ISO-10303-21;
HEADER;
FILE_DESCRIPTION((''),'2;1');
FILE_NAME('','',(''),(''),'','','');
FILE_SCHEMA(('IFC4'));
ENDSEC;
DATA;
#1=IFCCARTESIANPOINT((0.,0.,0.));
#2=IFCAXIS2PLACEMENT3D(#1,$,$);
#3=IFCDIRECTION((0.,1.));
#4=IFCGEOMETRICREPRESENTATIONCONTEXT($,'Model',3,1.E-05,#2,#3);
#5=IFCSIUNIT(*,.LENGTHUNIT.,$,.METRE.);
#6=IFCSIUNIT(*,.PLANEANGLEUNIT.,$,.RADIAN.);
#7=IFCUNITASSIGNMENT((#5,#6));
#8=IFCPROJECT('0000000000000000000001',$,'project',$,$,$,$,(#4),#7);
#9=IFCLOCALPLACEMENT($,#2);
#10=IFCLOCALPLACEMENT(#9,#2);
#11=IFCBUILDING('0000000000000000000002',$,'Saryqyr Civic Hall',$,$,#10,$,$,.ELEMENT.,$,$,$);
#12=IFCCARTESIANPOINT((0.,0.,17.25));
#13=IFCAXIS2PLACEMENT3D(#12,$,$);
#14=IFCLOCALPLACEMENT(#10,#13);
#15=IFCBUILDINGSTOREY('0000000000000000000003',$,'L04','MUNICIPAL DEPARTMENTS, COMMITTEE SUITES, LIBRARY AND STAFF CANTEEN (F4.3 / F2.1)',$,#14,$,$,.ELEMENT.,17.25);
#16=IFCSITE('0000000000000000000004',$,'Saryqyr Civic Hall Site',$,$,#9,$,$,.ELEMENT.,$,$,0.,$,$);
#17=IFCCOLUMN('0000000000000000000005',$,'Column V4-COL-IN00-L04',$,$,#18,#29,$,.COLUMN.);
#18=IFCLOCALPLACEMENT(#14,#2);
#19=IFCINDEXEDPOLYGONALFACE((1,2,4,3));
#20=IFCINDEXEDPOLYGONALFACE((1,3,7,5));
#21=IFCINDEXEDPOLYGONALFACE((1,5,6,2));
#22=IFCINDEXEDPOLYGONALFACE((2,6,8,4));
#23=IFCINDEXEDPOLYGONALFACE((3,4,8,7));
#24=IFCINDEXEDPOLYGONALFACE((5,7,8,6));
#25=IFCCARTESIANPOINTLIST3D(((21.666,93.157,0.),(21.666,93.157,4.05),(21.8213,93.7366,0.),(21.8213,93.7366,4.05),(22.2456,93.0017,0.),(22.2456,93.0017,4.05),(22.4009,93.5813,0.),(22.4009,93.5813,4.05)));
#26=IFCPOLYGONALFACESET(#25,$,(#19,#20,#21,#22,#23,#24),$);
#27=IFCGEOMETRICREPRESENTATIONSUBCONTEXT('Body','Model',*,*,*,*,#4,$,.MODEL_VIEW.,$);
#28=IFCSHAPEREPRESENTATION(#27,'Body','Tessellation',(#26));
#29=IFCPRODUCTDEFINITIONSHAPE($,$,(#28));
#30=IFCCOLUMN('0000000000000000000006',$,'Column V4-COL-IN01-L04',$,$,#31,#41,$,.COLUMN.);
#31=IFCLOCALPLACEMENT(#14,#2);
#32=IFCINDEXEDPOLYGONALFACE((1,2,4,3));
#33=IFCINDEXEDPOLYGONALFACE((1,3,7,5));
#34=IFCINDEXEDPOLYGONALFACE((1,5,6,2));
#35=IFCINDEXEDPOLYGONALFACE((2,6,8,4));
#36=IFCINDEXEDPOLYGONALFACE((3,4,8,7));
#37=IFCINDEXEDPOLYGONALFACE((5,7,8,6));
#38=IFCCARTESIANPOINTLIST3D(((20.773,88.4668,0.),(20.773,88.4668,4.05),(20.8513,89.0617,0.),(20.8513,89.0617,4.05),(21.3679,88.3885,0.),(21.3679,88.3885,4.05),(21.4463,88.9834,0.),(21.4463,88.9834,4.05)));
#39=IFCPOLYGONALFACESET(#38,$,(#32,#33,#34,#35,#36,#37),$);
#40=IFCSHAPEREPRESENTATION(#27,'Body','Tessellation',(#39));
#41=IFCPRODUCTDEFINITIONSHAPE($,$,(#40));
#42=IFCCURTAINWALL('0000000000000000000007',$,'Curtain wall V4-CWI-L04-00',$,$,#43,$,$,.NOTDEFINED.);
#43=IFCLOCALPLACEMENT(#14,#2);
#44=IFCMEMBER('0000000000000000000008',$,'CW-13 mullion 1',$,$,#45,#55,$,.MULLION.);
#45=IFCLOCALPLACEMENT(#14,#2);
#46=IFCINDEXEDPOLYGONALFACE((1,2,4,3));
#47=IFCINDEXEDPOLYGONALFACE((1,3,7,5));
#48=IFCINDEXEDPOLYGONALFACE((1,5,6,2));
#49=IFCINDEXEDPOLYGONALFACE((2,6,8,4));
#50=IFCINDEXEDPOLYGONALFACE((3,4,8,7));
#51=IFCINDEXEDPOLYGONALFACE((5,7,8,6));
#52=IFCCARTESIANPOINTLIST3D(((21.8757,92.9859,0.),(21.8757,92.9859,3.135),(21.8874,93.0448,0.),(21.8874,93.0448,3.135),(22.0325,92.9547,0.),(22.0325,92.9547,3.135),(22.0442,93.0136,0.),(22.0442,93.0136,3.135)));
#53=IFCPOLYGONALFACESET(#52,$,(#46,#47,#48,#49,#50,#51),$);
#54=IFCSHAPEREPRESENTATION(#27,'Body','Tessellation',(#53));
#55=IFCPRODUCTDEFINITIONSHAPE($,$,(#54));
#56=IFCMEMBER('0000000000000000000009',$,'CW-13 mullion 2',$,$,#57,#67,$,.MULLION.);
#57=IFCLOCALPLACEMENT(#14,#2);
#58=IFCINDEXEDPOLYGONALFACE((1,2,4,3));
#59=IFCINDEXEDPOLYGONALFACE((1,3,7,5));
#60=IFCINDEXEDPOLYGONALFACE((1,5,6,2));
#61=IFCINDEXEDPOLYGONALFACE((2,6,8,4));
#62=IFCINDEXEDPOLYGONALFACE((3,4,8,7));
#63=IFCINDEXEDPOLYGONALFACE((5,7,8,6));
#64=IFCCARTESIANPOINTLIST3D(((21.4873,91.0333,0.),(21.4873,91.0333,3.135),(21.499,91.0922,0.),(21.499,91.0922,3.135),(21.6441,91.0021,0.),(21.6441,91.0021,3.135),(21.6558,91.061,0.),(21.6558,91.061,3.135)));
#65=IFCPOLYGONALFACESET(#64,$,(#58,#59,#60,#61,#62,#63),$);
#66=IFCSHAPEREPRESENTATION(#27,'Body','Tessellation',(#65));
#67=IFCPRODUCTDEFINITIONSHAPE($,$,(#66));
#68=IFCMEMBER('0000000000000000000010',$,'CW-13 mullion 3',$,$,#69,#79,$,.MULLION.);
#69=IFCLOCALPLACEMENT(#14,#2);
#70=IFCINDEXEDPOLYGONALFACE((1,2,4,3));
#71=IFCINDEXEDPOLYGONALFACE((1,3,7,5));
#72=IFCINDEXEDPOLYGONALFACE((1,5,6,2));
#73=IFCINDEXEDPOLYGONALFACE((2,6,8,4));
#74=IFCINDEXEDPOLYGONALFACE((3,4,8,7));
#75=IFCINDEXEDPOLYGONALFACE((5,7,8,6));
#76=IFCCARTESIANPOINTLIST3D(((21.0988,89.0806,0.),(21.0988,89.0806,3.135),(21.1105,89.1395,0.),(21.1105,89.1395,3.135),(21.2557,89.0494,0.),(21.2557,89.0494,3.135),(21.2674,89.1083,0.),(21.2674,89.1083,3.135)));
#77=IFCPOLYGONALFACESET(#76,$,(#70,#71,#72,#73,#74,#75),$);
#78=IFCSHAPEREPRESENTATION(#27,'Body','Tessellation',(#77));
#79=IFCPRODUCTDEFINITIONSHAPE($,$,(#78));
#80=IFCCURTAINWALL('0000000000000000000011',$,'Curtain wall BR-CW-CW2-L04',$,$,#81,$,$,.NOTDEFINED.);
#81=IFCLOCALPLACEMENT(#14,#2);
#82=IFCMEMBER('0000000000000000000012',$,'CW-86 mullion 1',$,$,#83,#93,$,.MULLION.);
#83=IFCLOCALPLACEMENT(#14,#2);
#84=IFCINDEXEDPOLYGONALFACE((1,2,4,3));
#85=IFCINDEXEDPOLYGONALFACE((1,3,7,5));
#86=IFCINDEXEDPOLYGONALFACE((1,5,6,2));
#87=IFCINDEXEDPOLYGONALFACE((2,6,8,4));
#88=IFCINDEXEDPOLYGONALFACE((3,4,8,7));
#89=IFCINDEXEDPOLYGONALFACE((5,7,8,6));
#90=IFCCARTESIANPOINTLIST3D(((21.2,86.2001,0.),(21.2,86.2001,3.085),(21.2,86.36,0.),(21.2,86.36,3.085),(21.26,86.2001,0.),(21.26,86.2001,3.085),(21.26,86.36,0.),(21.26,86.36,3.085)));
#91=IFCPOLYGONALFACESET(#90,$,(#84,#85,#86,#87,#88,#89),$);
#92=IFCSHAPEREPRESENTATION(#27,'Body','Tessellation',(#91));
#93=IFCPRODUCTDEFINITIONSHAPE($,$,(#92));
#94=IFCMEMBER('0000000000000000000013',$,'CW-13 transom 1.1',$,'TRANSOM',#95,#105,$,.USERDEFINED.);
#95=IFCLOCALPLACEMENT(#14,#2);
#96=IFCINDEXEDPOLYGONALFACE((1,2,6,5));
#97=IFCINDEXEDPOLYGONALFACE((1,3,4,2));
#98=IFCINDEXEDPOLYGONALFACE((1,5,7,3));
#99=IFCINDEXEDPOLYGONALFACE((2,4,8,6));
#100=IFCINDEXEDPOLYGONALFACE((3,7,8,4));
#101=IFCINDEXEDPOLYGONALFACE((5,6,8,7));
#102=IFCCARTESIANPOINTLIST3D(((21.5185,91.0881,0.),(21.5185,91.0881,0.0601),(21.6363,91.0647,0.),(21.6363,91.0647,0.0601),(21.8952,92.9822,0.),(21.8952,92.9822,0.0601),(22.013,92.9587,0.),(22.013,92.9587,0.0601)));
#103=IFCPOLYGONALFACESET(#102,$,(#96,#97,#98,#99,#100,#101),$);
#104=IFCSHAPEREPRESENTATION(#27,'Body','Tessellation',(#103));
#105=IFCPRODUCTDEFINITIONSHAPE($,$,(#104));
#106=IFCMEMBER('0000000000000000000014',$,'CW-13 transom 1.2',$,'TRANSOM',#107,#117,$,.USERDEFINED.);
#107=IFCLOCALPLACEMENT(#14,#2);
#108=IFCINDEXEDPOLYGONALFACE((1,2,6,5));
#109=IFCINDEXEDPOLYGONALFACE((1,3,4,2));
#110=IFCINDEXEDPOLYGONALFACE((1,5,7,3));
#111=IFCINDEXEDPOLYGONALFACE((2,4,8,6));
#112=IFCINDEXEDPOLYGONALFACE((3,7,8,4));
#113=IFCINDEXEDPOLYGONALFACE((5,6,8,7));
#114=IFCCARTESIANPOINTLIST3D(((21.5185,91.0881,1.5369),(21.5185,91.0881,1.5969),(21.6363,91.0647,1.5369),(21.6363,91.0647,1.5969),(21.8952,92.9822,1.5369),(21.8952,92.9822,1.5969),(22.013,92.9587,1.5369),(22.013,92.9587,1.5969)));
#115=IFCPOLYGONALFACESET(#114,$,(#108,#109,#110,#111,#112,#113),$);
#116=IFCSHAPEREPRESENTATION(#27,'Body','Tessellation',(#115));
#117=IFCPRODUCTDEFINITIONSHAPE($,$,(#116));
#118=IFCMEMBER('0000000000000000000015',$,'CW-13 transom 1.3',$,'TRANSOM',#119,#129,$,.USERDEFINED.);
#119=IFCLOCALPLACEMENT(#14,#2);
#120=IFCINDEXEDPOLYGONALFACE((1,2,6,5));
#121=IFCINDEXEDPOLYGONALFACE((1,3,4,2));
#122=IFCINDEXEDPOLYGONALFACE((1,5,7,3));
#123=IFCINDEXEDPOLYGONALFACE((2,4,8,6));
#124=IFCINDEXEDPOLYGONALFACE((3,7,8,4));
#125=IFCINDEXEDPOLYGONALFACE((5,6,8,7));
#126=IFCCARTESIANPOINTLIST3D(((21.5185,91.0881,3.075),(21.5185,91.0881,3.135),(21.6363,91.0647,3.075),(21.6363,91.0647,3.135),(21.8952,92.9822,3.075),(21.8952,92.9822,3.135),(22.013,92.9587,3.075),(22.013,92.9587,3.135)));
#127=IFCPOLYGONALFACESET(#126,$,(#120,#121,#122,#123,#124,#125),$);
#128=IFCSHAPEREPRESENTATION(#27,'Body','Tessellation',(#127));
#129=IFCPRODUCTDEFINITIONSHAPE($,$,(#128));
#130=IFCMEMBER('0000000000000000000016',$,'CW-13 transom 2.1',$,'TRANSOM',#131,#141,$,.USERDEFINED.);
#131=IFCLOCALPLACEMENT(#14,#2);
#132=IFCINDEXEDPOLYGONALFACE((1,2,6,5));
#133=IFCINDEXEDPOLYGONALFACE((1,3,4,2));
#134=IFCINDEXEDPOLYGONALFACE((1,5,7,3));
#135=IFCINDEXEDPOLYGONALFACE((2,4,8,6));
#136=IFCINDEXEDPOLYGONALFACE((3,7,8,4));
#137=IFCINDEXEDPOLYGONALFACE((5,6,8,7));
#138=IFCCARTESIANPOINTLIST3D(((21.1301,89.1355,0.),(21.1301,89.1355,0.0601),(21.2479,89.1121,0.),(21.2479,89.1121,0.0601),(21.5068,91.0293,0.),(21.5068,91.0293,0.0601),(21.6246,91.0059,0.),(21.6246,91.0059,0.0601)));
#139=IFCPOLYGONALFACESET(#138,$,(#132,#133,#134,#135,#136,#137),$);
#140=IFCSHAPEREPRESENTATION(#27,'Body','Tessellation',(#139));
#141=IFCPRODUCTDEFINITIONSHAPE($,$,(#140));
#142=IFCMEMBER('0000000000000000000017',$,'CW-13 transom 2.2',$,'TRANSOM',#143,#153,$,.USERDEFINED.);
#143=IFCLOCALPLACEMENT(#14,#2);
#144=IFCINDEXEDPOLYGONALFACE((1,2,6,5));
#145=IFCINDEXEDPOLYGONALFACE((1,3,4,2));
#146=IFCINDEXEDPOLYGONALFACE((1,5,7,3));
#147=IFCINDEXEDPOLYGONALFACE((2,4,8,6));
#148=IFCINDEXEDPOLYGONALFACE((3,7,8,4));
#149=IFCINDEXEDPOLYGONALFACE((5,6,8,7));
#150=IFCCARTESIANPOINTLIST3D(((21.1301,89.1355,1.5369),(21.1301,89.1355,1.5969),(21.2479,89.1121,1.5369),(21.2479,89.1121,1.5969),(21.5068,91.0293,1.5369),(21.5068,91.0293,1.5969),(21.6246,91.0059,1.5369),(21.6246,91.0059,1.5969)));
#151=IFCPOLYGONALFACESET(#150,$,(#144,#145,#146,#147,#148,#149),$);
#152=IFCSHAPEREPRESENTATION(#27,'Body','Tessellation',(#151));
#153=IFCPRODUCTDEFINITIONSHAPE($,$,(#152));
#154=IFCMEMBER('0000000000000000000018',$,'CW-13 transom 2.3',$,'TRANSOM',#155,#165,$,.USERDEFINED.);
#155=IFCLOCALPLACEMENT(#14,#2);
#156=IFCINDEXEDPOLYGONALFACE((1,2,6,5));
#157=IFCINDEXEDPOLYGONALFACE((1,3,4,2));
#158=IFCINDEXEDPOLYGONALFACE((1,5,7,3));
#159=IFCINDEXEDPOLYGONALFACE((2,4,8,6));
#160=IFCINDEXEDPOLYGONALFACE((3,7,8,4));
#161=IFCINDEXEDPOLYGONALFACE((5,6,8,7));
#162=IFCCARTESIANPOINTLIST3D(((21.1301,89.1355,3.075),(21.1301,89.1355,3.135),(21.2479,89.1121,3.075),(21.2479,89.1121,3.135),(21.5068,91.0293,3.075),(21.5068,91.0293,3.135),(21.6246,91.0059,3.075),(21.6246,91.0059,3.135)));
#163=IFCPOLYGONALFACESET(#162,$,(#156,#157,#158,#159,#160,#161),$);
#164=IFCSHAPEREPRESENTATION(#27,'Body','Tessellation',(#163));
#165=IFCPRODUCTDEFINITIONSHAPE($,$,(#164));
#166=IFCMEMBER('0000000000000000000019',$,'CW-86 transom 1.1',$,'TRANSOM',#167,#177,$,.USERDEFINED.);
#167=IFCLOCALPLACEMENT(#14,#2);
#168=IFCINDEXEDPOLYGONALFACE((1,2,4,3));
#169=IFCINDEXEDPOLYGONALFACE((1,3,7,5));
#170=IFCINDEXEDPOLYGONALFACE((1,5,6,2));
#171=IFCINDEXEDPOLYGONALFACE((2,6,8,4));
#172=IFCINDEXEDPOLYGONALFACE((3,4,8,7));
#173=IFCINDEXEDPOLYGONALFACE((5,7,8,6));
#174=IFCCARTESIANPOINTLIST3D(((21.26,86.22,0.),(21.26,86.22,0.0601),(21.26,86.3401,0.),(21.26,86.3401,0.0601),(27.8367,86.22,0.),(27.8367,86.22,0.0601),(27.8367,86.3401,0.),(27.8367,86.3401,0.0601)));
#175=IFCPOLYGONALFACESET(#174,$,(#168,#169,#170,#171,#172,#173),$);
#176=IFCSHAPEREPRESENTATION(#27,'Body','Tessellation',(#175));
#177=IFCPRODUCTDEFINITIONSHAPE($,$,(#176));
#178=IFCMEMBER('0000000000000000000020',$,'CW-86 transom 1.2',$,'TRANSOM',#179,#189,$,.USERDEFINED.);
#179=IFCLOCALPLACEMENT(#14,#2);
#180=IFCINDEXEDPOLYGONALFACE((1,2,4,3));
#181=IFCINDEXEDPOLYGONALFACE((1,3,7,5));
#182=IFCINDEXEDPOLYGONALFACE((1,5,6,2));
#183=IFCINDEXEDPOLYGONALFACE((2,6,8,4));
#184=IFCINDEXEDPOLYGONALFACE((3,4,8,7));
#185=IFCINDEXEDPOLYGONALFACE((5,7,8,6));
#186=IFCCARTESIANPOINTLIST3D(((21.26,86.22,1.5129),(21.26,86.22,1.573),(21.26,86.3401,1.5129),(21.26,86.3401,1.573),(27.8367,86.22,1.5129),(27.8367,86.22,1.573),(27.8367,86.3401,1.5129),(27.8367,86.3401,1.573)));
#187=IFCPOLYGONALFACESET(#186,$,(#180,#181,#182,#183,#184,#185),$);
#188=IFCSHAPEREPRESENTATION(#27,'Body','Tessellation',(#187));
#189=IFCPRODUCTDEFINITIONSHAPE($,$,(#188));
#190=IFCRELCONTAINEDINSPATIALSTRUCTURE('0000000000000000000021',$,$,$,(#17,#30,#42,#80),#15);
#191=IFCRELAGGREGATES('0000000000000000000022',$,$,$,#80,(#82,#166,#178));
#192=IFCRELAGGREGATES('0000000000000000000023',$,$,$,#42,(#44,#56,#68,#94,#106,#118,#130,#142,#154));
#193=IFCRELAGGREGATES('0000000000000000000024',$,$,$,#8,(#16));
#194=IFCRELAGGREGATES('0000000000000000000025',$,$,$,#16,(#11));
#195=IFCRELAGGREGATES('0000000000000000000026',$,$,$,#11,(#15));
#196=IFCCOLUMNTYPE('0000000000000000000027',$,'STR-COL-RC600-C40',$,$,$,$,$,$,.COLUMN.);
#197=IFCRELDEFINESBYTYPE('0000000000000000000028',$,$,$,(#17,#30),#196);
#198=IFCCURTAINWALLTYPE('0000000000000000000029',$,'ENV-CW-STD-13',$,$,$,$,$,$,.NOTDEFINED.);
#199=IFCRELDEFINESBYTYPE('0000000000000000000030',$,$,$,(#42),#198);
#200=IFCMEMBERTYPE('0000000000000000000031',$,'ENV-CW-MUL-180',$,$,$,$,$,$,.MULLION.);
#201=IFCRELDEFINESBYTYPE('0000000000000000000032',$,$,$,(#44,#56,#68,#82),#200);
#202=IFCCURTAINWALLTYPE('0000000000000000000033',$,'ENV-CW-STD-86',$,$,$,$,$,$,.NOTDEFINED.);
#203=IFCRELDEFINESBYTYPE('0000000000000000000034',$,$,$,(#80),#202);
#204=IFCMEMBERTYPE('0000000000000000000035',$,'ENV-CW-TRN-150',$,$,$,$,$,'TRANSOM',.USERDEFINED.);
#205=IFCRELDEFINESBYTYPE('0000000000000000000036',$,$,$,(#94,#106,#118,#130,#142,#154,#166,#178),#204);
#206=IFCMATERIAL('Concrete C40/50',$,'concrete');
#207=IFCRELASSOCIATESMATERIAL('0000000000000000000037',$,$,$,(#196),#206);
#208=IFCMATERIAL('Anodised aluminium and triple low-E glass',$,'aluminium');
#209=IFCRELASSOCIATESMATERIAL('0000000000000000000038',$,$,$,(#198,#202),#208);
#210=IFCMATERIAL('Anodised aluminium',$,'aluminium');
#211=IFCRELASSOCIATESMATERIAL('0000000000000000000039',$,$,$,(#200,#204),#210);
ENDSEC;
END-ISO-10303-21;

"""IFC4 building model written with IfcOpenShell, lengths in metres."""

from ifc_helpers import new_model, si_unit, direction, frame, origin, origin_2d, place, context, subcontext, project, spatial, rectangle, extrude, material, material_profile, profile_set, type_object, element, aggregate, save


model = new_model("IFC4")

# Units and contexts
model_context = context("Model", 3, precision=1e-05, world=origin(), true_north=direction((0.0, 1.0)))
body_context = subcontext(model_context, "Body", "Model", "MODEL_VIEW")
ifc_project = project(units=[si_unit("LENGTHUNIT", "METRE"), si_unit("PLANEANGLEUNIT", "RADIAN")], contexts=[model_context])

# Site, building, storey
site_placement = place(None, origin())
site = spatial("IfcSite", under=ifc_project, at=site_placement, Name="Saryqyr Civic Hall Site", CompositionType="ELEMENT", RefElevation=0.0)
building_placement = place(site_placement, origin())
building = spatial("IfcBuilding", under=site, at=building_placement, Name="Saryqyr Civic Hall", CompositionType="ELEMENT")
storey_placement = place(building_placement, frame((0.0, 0.0, 17.25)))
storey = spatial("IfcBuildingStorey", under=building, at=storey_placement, Name="L04", Description="MUNICIPAL DEPARTMENTS, COMMITTEE SUITES, LIBRARY AND STAFF CANTEEN (F4.3 / F2.1)", CompositionType="ELEMENT", Elevation=17.25)

# Columns
ifc_material_1 = material(Name="Concrete C40/50", Category="concrete")
ifc_material_profile_1 = material_profile(ifc_material_1, rectangle(XDim=0.6001, YDim=0.6001, at=origin_2d()), Name="RC 600x600")
ifc_profile_set_1 = profile_set([ifc_material_profile_1], Name="Concrete C40/50")
column_type = type_object("IfcColumnType", Name="STR-COL-RC600-C40", PredefinedType="COLUMN", material=ifc_profile_set_1)
for number, where, z_axis, x_axis, name in (
    (1, (22.0334, 93.3691, 0.0), (0.0, 0.0, 1.0), (-0.965926, 0.258819, 0.0), "Column V4-COL-IN00-L04"),
    (2, (21.1096, 88.7251, 0.0), (0.0, 0.0, 1.0), (-0.991445, 0.130526, 0.0), "Column V4-COL-IN01-L04"),
):
    element("IfcColumn", number, at=place(storey_placement, frame(where, z_axis=z_axis, x_axis=x_axis)), inside=storey, type_object=column_type, Name=name, PredefinedType="COLUMN", context=body_context, shape_type="SweptSolid", body=[
        extrude(rectangle(XDim=0.6001, YDim=0.6001, at=origin_2d()), origin(), (0.0, 0.0, 1.0), 4.05),
    ])

# Curtain wall, members
ifc_material_2 = material(Name="Anodised aluminium and triple low-E glass", Category="aluminium")
curtain_wall_type_1 = type_object("IfcCurtainWallType", Name="ENV-CW-STD-13", PredefinedType="NOTDEFINED", material=ifc_material_2)
curtain_wall_1_placement = place(storey_placement, origin())
curtain_wall_1 = element("IfcCurtainWall", 3, at=curtain_wall_1_placement, inside=storey, type_object=curtain_wall_type_1, Name="Curtain wall V4-CWI-L04-00", PredefinedType="NOTDEFINED")
ifc_material_3 = material(Name="Anodised aluminium", Category="aluminium")
ifc_material_profile_2 = material_profile(ifc_material_3, rectangle(XDim=0.0601, YDim=0.1599, at=origin_2d()), Name="ALU MULLION 60x160")
ifc_profile_set_2 = profile_set([ifc_material_profile_2], Name="Anodised aluminium")
member_type_1 = type_object("IfcMemberType", Name="ENV-CW-MUL-180", PredefinedType="MULLION", material=ifc_profile_set_2)
member_1_placement = place(storey_placement, frame((21.96, 92.9998, 0.0), z_axis=(0.0, 0.0, 1.0), x_axis=(-0.195107, -0.980782, 0.0)))
member_1 = element("IfcMember", 4, at=member_1_placement, type_object=member_type_1, Name="CW-13 mullion 1", PredefinedType="MULLION", context=body_context, shape_type="SweptSolid", body=[
    extrude(rectangle(XDim=0.0601, YDim=0.1599, at=origin_2d()), origin(), (0.0, 0.0, 1.0), 3.135),
])
member_2_placement = place(storey_placement, frame((21.5715, 91.0471, 0.0), z_axis=(0.0, 0.0, 1.0), x_axis=(-0.195107, -0.980782, 0.0)))
member_2 = element("IfcMember", 5, at=member_2_placement, type_object=member_type_1, Name="CW-13 mullion 2", PredefinedType="MULLION", context=body_context, shape_type="SweptSolid", body=[
    extrude(rectangle(XDim=0.0601, YDim=0.1599, at=origin_2d()), origin(), (0.0, 0.0, 1.0), 3.135),
])
member_3_placement = place(storey_placement, frame((21.1831, 89.0945, 0.0), z_axis=(0.0, 0.0, 1.0), x_axis=(-0.195107, -0.980782, 0.0)))
member_3 = element("IfcMember", 6, at=member_3_placement, type_object=member_type_1, Name="CW-13 mullion 3", PredefinedType="MULLION", context=body_context, shape_type="SweptSolid", body=[
    extrude(rectangle(XDim=0.0601, YDim=0.1599, at=origin_2d()), origin(), (0.0, 0.0, 1.0), 3.135),
])

# Curtain wall, member
curtain_wall_type_2 = type_object("IfcCurtainWallType", Name="ENV-CW-STD-86", PredefinedType="NOTDEFINED", material=ifc_material_2)
curtain_wall_2_placement = place(storey_placement, origin())
curtain_wall_2 = element("IfcCurtainWall", 7, at=curtain_wall_2_placement, inside=storey, type_object=curtain_wall_type_2, Name="Curtain wall BR-CW-CW2-L04", PredefinedType="NOTDEFINED")
member_4_placement = place(storey_placement, frame((21.23, 86.28, 0.0), z_axis=(0.0, 0.0, 1.0), x_axis=(1.0, 0.0, 0.0)))
member_4 = element("IfcMember", 8, at=member_4_placement, type_object=member_type_1, Name="CW-86 mullion 1", PredefinedType="MULLION", context=body_context, shape_type="SweptSolid", body=[
    extrude(rectangle(XDim=0.0601, YDim=0.1599, at=origin_2d()), origin(), (0.0, 0.0, 1.0), 3.085),
])

# Members
ifc_material_profile_3 = material_profile(ifc_material_3, rectangle(XDim=0.1201, YDim=0.0601, at=origin_2d()), Name="ALU TRANSOM 120x60")
ifc_profile_set_3 = profile_set([ifc_material_profile_3], Name="Anodised aluminium")
member_type_2 = type_object("IfcMemberType", Name="ENV-CW-TRN-150", ElementType="TRANSOM", PredefinedType="USERDEFINED", material=ifc_profile_set_3)
member_5_placement = place(storey_placement, frame((21.9541, 92.9705, 0.03), z_axis=(-0.195071, -0.980789, 0.0), x_axis=(0.980789, -0.195071, 0.0)))
member_5 = element("IfcMember", 9, at=member_5_placement, type_object=member_type_2, Name="CW-13 transom 1.1", ObjectType="TRANSOM", PredefinedType="USERDEFINED", context=body_context, shape_type="SweptSolid", body=[
    extrude(rectangle(XDim=0.1201, YDim=0.0601, at=origin_2d()), origin(), (0.0, 0.0, 1.0), 1.9312),
])
member_6_placement = place(storey_placement, frame((21.9541, 92.9705, 1.5669), z_axis=(-0.195071, -0.980789, 0.0), x_axis=(0.980789, -0.195071, 0.0)))
member_6 = element("IfcMember", 10, at=member_6_placement, type_object=member_type_2, Name="CW-13 transom 1.2", ObjectType="TRANSOM", PredefinedType="USERDEFINED", context=body_context, shape_type="SweptSolid", body=[
    extrude(rectangle(XDim=0.1201, YDim=0.0601, at=origin_2d()), origin(), (0.0, 0.0, 1.0), 1.9312),
])
member_7_placement = place(storey_placement, frame((21.9541, 92.9705, 3.105), z_axis=(-0.195071, -0.980789, 0.0), x_axis=(0.980789, -0.195071, 0.0)))
member_7 = element("IfcMember", 11, at=member_7_placement, type_object=member_type_2, Name="CW-13 transom 1.3", ObjectType="TRANSOM", PredefinedType="USERDEFINED", context=body_context, shape_type="SweptSolid", body=[
    extrude(rectangle(XDim=0.1201, YDim=0.0601, at=origin_2d()), origin(), (0.0, 0.0, 1.0), 1.9312),
])
member_8_placement = place(storey_placement, frame((21.5657, 91.0176, 0.03), z_axis=(-0.195095, -0.980784, 0.0), x_axis=(0.980784, -0.195095, 0.0)))
member_8 = element("IfcMember", 12, at=member_8_placement, type_object=member_type_2, Name="CW-13 transom 2.1", ObjectType="TRANSOM", PredefinedType="USERDEFINED", context=body_context, shape_type="SweptSolid", body=[
    extrude(rectangle(XDim=0.1201, YDim=0.0601, at=origin_2d()), origin(), (0.0, 0.0, 1.0), 1.9309),
])
member_9_placement = place(storey_placement, frame((21.5657, 91.0176, 1.5669), z_axis=(-0.195095, -0.980784, 0.0), x_axis=(0.980784, -0.195095, 0.0)))
member_9 = element("IfcMember", 13, at=member_9_placement, type_object=member_type_2, Name="CW-13 transom 2.2", ObjectType="TRANSOM", PredefinedType="USERDEFINED", context=body_context, shape_type="SweptSolid", body=[
    extrude(rectangle(XDim=0.1201, YDim=0.0601, at=origin_2d()), origin(), (0.0, 0.0, 1.0), 1.9309),
])
member_10_placement = place(storey_placement, frame((21.5657, 91.0176, 3.105), z_axis=(-0.195095, -0.980784, 0.0), x_axis=(0.980784, -0.195095, 0.0)))
member_10 = element("IfcMember", 14, at=member_10_placement, type_object=member_type_2, Name="CW-13 transom 2.3", ObjectType="TRANSOM", PredefinedType="USERDEFINED", context=body_context, shape_type="SweptSolid", body=[
    extrude(rectangle(XDim=0.1201, YDim=0.0601, at=origin_2d()), origin(), (0.0, 0.0, 1.0), 1.9309),
])
member_11_placement = place(storey_placement, frame((21.26, 86.28, 0.03), z_axis=(1.0, 0.0, 0.0), x_axis=(0.0, 1.0, 0.0)))
member_11 = element("IfcMember", 15, at=member_11_placement, type_object=member_type_2, Name="CW-86 transom 1.1", ObjectType="TRANSOM", PredefinedType="USERDEFINED", context=body_context, shape_type="SweptSolid", body=[
    extrude(rectangle(XDim=0.1201, YDim=0.0601, at=origin_2d()), origin(), (0.0, 0.0, 1.0), 6.5767),
])
member_12_placement = place(storey_placement, frame((21.26, 86.28, 1.543), z_axis=(1.0, 0.0, 0.0), x_axis=(0.0, 1.0, 0.0)))
member_12 = element("IfcMember", 16, at=member_12_placement, type_object=member_type_2, Name="CW-86 transom 1.2", ObjectType="TRANSOM", PredefinedType="USERDEFINED", context=body_context, shape_type="SweptSolid", body=[
    extrude(rectangle(XDim=0.1201, YDim=0.0601, at=origin_2d()), origin(), (0.0, 0.0, 1.0), 6.5767),
])
aggregate(curtain_wall_2, [member_4, member_11, member_12])

aggregate(curtain_wall_1, [member_1, member_2, member_3, member_5, member_6, member_7, member_8, member_9, member_10])

save(model, "model.ifc")
